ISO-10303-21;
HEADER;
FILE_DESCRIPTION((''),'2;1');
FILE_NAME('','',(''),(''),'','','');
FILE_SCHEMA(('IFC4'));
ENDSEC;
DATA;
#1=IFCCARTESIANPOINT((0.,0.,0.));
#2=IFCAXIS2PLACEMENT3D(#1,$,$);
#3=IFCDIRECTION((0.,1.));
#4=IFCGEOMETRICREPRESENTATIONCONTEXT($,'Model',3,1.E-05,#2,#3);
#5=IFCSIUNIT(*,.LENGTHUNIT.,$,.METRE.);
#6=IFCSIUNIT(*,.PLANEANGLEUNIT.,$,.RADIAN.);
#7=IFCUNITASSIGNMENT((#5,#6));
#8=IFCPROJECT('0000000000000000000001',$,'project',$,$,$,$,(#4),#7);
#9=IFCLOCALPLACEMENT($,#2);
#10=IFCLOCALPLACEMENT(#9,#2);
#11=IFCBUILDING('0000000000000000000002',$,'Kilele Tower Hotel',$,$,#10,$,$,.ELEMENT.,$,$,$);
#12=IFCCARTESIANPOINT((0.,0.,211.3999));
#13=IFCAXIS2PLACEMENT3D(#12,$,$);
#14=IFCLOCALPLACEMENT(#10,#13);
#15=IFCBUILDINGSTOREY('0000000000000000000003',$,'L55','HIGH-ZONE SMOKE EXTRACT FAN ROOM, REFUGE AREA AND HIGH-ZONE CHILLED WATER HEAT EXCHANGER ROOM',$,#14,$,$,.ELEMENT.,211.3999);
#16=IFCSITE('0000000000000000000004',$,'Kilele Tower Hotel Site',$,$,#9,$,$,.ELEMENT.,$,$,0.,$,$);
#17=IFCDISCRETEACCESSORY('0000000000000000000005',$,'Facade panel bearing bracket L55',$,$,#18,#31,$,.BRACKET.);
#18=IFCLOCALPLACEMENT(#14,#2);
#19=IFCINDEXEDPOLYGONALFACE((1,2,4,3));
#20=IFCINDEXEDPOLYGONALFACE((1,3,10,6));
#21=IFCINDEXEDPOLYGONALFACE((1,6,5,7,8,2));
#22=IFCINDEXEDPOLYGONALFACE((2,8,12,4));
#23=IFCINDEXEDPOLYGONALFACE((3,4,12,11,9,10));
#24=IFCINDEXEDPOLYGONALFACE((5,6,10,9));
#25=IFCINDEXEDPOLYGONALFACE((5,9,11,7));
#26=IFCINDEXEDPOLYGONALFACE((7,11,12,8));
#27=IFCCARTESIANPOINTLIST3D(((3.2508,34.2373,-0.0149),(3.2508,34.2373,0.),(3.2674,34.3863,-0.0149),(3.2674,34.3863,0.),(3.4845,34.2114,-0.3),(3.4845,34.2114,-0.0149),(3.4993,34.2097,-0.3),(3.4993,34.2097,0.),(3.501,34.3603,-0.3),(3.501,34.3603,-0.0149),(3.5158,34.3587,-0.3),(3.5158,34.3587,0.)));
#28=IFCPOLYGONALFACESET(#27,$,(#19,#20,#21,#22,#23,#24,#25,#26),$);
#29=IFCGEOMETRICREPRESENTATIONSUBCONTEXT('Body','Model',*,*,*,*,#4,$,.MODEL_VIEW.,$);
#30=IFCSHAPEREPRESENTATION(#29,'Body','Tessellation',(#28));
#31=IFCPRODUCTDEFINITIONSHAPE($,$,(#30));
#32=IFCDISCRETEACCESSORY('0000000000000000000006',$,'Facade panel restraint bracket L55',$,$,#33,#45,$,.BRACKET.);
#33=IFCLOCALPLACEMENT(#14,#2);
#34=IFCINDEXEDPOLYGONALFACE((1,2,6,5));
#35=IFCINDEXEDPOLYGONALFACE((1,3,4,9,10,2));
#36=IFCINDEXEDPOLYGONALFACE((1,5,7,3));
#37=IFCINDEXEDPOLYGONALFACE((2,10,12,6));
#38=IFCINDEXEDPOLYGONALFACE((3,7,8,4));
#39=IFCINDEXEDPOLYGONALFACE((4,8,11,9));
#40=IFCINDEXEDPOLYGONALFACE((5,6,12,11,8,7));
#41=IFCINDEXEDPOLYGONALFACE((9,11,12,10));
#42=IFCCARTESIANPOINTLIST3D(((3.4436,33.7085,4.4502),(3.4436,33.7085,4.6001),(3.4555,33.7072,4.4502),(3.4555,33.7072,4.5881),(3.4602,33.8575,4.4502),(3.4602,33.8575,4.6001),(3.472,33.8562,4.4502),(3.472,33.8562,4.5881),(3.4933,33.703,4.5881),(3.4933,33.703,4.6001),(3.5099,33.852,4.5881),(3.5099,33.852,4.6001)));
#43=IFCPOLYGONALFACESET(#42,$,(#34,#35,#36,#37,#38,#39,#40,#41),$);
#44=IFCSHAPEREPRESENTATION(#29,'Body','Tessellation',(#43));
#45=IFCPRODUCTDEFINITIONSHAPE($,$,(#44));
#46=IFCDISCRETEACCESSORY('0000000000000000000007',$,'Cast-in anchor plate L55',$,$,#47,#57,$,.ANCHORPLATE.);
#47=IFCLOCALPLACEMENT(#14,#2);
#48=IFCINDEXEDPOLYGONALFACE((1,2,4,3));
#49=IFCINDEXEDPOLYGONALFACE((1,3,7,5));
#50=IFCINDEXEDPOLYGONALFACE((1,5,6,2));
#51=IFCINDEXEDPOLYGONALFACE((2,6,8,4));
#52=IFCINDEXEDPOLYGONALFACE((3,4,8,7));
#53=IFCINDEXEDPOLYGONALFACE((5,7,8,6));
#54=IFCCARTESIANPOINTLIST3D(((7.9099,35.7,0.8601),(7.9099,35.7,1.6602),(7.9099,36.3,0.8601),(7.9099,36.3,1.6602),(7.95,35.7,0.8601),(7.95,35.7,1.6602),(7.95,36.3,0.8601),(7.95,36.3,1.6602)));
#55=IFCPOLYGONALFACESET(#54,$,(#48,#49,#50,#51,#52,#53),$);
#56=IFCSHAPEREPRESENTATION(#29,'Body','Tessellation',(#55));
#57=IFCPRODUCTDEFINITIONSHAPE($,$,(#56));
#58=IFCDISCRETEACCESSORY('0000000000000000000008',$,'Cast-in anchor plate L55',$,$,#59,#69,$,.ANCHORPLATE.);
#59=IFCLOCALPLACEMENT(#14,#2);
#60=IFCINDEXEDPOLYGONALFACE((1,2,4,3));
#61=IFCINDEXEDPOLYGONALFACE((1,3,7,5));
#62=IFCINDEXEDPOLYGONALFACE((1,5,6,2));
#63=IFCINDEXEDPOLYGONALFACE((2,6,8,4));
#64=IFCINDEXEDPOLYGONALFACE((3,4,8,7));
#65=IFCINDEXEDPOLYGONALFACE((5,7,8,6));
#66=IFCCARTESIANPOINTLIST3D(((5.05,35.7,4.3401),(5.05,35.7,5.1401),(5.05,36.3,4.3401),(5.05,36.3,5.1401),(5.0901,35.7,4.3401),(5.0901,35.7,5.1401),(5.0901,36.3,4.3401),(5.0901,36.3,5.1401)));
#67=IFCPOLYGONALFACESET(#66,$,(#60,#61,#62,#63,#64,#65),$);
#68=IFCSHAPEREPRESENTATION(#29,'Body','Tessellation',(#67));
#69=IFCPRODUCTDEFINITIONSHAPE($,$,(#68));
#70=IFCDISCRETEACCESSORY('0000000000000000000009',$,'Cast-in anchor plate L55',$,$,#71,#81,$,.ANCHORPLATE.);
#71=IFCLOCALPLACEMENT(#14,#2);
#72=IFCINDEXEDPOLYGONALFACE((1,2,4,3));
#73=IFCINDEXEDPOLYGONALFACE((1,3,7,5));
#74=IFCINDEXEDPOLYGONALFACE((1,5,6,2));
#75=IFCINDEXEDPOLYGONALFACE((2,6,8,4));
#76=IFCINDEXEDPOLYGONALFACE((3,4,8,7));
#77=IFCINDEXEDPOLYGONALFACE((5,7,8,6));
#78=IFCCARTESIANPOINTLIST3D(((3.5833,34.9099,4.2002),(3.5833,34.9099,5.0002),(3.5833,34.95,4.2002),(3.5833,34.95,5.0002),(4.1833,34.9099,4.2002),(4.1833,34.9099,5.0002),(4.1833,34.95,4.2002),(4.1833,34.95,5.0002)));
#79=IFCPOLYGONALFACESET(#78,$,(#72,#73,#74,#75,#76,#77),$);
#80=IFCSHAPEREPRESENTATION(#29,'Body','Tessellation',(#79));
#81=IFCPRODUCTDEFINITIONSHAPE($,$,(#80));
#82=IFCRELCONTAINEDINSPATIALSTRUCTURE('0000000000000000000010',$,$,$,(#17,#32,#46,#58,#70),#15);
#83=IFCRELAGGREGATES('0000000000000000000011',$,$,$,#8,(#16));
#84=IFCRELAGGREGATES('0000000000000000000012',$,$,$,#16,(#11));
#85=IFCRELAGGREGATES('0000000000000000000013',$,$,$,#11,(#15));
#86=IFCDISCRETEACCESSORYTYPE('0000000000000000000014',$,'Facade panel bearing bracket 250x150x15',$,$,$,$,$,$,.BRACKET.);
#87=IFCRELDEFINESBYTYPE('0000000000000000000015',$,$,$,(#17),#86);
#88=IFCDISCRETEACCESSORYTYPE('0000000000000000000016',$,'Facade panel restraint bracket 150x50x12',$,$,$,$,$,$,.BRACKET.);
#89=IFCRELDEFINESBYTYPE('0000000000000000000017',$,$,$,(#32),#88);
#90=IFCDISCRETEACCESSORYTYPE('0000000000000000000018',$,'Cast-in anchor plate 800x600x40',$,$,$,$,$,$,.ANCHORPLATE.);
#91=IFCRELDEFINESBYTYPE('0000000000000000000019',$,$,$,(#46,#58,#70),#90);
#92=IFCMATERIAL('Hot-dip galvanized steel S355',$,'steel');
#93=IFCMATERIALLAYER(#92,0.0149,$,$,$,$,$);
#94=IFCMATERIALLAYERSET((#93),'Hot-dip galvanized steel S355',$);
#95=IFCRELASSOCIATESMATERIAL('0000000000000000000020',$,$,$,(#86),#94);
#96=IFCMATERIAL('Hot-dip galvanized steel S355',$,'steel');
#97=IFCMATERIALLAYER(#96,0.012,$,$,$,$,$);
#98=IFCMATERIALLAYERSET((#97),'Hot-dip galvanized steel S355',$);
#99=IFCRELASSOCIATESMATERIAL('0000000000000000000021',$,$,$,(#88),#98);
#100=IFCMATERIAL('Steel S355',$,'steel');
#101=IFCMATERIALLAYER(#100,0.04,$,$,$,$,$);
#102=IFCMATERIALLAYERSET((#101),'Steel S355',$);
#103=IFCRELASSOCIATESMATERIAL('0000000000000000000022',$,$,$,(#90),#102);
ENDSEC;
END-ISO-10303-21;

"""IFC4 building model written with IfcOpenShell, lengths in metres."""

from ifc_helpers import new_model, si_unit, direction, frame, origin, place, context, subcontext, project, spatial, polyline, outline, extrude, source, transform, mapped, material, layer, layer_set, type_object, element, save


model = new_model("IFC4")

# Units and contexts
model_context = context("Model", 3, precision=1e-05, world=origin(), true_north=direction((0.0, 1.0)))
body_context = subcontext(model_context, "Body", "Model", "MODEL_VIEW")
ifc_project = project(units=[si_unit("LENGTHUNIT", "METRE"), si_unit("PLANEANGLEUNIT", "RADIAN")], contexts=[model_context])

# Site, building, storey
site_placement = place(None, origin())
site = spatial("IfcSite", under=ifc_project, at=site_placement, Name="Kilele Tower Hotel Site", CompositionType="ELEMENT", RefElevation=0.0)
building_placement = place(site_placement, origin())
building = spatial("IfcBuilding", under=site, at=building_placement, Name="Kilele Tower Hotel", CompositionType="ELEMENT")
storey_placement = place(building_placement, frame((0.0, 0.0, 211.3999)))
storey = spatial("IfcBuildingStorey", under=building, at=storey_placement, Name="L55", Description="HIGH-ZONE SMOKE EXTRACT FAN ROOM, REFUGE AREA AND HIGH-ZONE CHILLED WATER HEAT EXCHANGER ROOM", CompositionType="ELEMENT", Elevation=211.3999)

# Discrete accessories
ifc_material_1 = material(Name="Hot-dip galvanized steel S355", Category="steel")
ifc_layer_1 = layer(ifc_material_1, 0.0149)
ifc_layer_set_1 = layer_set([ifc_layer_1], Name="Hot-dip galvanized steel S355")
discrete_accessory_type_1 = type_object("IfcDiscreteAccessoryType", Name="Facade panel bearing bracket 250x150x15", PredefinedType="BRACKET", material=ifc_layer_set_1)
shared_shape_1 = source(origin(), body_context, "Body", "SweptSolid", [
    extrude(outline(polyline([(0.0, 0.0), (0.25, 0.0), (0.25, -0.0149), (0.0149, -0.0149), (0.0149, -0.3), (0.0, -0.3), (0.0, 0.0)])), origin(), (0.0, 0.0, 1.0), 0.1499),
])
discrete_accessory_1_placement = place(storey_placement, frame((3.4993, 34.2097, 0.0), z_axis=(0.110432, 0.993884, 0.0), x_axis=(-0.993884, 0.110432, 0.0)))
element("IfcDiscreteAccessory", 1, at=discrete_accessory_1_placement, inside=storey, type_object=discrete_accessory_type_1, Name="Facade panel bearing bracket L55", PredefinedType="BRACKET", context=body_context, shape_type="MappedRepresentation", body=[
    mapped(shared_shape_1, transform((0.0, 0.0, 0.0))),
])
ifc_material_2 = material(Name="Hot-dip galvanized steel S355", Category="steel")
ifc_layer_2 = layer(ifc_material_2, 0.012)
ifc_layer_set_2 = layer_set([ifc_layer_2], Name="Hot-dip galvanized steel S355")
discrete_accessory_type_2 = type_object("IfcDiscreteAccessoryType", Name="Facade panel restraint bracket 150x50x12", PredefinedType="BRACKET", material=ifc_layer_set_2)
shared_shape_2 = source(origin(), body_context, "Body", "SweptSolid", [
    extrude(outline(polyline([(0.0, 0.0), (0.0, -0.1499), (-0.012, -0.1499), (-0.012, -0.012), (-0.05, -0.012), (-0.05, 0.0), (0.0, 0.0)])), origin(), (0.0, 0.0, 1.0), 0.1499),
])
discrete_accessory_2_placement = place(storey_placement, frame((3.4436, 33.7085, 4.6001), z_axis=(0.110432, 0.993884, 0.0), x_axis=(-0.993884, 0.110432, 0.0)))
element("IfcDiscreteAccessory", 2, at=discrete_accessory_2_placement, inside=storey, type_object=discrete_accessory_type_2, Name="Facade panel restraint bracket L55", PredefinedType="BRACKET", context=body_context, shape_type="MappedRepresentation", body=[
    mapped(shared_shape_2, transform((0.0, 0.0, 0.0))),
])
ifc_material_3 = material(Name="Steel S355", Category="steel")
ifc_layer_3 = layer(ifc_material_3, 0.04)
ifc_layer_set_3 = layer_set([ifc_layer_3], Name="Steel S355")
discrete_accessory_type_3 = type_object("IfcDiscreteAccessoryType", Name="Cast-in anchor plate 800x600x40", PredefinedType="ANCHORPLATE", material=ifc_layer_set_3)
shared_shape_3 = source(origin(), body_context, "Body", "SweptSolid", [
    extrude(outline(polyline([(0.0, 0.0), (0.04, 0.0), (0.04, 0.8), (0.0, 0.8), (0.0, 0.0)])), origin(), (0.0, 0.0, 1.0), 0.6001),
])
for number, where, z_axis, x_axis, name in (
    (3, (7.95, 35.7, 0.8601), (0.0, 1.0, 0.0), (-1.0, 0.0, 0.0), "Cast-in anchor plate L55"),
    (4, (5.05, 36.3, 4.3401), (0.0, -1.0, 0.0), (1.0, 0.0, 0.0), "Cast-in anchor plate L55"),
    (5, (4.1833, 34.95, 4.2002), (-1.0, 0.0, 0.0), (0.0, -1.0, 0.0), "Cast-in anchor plate L55"),
):
    element("IfcDiscreteAccessory", number, at=place(storey_placement, frame(where, z_axis=z_axis, x_axis=x_axis)), inside=storey, type_object=discrete_accessory_type_3, Name=name, PredefinedType="ANCHORPLATE", context=body_context, shape_type="MappedRepresentation", body=[
        mapped(shared_shape_3, transform((0.0, 0.0, 0.0))),
    ])

save(model, "model.ifc")
